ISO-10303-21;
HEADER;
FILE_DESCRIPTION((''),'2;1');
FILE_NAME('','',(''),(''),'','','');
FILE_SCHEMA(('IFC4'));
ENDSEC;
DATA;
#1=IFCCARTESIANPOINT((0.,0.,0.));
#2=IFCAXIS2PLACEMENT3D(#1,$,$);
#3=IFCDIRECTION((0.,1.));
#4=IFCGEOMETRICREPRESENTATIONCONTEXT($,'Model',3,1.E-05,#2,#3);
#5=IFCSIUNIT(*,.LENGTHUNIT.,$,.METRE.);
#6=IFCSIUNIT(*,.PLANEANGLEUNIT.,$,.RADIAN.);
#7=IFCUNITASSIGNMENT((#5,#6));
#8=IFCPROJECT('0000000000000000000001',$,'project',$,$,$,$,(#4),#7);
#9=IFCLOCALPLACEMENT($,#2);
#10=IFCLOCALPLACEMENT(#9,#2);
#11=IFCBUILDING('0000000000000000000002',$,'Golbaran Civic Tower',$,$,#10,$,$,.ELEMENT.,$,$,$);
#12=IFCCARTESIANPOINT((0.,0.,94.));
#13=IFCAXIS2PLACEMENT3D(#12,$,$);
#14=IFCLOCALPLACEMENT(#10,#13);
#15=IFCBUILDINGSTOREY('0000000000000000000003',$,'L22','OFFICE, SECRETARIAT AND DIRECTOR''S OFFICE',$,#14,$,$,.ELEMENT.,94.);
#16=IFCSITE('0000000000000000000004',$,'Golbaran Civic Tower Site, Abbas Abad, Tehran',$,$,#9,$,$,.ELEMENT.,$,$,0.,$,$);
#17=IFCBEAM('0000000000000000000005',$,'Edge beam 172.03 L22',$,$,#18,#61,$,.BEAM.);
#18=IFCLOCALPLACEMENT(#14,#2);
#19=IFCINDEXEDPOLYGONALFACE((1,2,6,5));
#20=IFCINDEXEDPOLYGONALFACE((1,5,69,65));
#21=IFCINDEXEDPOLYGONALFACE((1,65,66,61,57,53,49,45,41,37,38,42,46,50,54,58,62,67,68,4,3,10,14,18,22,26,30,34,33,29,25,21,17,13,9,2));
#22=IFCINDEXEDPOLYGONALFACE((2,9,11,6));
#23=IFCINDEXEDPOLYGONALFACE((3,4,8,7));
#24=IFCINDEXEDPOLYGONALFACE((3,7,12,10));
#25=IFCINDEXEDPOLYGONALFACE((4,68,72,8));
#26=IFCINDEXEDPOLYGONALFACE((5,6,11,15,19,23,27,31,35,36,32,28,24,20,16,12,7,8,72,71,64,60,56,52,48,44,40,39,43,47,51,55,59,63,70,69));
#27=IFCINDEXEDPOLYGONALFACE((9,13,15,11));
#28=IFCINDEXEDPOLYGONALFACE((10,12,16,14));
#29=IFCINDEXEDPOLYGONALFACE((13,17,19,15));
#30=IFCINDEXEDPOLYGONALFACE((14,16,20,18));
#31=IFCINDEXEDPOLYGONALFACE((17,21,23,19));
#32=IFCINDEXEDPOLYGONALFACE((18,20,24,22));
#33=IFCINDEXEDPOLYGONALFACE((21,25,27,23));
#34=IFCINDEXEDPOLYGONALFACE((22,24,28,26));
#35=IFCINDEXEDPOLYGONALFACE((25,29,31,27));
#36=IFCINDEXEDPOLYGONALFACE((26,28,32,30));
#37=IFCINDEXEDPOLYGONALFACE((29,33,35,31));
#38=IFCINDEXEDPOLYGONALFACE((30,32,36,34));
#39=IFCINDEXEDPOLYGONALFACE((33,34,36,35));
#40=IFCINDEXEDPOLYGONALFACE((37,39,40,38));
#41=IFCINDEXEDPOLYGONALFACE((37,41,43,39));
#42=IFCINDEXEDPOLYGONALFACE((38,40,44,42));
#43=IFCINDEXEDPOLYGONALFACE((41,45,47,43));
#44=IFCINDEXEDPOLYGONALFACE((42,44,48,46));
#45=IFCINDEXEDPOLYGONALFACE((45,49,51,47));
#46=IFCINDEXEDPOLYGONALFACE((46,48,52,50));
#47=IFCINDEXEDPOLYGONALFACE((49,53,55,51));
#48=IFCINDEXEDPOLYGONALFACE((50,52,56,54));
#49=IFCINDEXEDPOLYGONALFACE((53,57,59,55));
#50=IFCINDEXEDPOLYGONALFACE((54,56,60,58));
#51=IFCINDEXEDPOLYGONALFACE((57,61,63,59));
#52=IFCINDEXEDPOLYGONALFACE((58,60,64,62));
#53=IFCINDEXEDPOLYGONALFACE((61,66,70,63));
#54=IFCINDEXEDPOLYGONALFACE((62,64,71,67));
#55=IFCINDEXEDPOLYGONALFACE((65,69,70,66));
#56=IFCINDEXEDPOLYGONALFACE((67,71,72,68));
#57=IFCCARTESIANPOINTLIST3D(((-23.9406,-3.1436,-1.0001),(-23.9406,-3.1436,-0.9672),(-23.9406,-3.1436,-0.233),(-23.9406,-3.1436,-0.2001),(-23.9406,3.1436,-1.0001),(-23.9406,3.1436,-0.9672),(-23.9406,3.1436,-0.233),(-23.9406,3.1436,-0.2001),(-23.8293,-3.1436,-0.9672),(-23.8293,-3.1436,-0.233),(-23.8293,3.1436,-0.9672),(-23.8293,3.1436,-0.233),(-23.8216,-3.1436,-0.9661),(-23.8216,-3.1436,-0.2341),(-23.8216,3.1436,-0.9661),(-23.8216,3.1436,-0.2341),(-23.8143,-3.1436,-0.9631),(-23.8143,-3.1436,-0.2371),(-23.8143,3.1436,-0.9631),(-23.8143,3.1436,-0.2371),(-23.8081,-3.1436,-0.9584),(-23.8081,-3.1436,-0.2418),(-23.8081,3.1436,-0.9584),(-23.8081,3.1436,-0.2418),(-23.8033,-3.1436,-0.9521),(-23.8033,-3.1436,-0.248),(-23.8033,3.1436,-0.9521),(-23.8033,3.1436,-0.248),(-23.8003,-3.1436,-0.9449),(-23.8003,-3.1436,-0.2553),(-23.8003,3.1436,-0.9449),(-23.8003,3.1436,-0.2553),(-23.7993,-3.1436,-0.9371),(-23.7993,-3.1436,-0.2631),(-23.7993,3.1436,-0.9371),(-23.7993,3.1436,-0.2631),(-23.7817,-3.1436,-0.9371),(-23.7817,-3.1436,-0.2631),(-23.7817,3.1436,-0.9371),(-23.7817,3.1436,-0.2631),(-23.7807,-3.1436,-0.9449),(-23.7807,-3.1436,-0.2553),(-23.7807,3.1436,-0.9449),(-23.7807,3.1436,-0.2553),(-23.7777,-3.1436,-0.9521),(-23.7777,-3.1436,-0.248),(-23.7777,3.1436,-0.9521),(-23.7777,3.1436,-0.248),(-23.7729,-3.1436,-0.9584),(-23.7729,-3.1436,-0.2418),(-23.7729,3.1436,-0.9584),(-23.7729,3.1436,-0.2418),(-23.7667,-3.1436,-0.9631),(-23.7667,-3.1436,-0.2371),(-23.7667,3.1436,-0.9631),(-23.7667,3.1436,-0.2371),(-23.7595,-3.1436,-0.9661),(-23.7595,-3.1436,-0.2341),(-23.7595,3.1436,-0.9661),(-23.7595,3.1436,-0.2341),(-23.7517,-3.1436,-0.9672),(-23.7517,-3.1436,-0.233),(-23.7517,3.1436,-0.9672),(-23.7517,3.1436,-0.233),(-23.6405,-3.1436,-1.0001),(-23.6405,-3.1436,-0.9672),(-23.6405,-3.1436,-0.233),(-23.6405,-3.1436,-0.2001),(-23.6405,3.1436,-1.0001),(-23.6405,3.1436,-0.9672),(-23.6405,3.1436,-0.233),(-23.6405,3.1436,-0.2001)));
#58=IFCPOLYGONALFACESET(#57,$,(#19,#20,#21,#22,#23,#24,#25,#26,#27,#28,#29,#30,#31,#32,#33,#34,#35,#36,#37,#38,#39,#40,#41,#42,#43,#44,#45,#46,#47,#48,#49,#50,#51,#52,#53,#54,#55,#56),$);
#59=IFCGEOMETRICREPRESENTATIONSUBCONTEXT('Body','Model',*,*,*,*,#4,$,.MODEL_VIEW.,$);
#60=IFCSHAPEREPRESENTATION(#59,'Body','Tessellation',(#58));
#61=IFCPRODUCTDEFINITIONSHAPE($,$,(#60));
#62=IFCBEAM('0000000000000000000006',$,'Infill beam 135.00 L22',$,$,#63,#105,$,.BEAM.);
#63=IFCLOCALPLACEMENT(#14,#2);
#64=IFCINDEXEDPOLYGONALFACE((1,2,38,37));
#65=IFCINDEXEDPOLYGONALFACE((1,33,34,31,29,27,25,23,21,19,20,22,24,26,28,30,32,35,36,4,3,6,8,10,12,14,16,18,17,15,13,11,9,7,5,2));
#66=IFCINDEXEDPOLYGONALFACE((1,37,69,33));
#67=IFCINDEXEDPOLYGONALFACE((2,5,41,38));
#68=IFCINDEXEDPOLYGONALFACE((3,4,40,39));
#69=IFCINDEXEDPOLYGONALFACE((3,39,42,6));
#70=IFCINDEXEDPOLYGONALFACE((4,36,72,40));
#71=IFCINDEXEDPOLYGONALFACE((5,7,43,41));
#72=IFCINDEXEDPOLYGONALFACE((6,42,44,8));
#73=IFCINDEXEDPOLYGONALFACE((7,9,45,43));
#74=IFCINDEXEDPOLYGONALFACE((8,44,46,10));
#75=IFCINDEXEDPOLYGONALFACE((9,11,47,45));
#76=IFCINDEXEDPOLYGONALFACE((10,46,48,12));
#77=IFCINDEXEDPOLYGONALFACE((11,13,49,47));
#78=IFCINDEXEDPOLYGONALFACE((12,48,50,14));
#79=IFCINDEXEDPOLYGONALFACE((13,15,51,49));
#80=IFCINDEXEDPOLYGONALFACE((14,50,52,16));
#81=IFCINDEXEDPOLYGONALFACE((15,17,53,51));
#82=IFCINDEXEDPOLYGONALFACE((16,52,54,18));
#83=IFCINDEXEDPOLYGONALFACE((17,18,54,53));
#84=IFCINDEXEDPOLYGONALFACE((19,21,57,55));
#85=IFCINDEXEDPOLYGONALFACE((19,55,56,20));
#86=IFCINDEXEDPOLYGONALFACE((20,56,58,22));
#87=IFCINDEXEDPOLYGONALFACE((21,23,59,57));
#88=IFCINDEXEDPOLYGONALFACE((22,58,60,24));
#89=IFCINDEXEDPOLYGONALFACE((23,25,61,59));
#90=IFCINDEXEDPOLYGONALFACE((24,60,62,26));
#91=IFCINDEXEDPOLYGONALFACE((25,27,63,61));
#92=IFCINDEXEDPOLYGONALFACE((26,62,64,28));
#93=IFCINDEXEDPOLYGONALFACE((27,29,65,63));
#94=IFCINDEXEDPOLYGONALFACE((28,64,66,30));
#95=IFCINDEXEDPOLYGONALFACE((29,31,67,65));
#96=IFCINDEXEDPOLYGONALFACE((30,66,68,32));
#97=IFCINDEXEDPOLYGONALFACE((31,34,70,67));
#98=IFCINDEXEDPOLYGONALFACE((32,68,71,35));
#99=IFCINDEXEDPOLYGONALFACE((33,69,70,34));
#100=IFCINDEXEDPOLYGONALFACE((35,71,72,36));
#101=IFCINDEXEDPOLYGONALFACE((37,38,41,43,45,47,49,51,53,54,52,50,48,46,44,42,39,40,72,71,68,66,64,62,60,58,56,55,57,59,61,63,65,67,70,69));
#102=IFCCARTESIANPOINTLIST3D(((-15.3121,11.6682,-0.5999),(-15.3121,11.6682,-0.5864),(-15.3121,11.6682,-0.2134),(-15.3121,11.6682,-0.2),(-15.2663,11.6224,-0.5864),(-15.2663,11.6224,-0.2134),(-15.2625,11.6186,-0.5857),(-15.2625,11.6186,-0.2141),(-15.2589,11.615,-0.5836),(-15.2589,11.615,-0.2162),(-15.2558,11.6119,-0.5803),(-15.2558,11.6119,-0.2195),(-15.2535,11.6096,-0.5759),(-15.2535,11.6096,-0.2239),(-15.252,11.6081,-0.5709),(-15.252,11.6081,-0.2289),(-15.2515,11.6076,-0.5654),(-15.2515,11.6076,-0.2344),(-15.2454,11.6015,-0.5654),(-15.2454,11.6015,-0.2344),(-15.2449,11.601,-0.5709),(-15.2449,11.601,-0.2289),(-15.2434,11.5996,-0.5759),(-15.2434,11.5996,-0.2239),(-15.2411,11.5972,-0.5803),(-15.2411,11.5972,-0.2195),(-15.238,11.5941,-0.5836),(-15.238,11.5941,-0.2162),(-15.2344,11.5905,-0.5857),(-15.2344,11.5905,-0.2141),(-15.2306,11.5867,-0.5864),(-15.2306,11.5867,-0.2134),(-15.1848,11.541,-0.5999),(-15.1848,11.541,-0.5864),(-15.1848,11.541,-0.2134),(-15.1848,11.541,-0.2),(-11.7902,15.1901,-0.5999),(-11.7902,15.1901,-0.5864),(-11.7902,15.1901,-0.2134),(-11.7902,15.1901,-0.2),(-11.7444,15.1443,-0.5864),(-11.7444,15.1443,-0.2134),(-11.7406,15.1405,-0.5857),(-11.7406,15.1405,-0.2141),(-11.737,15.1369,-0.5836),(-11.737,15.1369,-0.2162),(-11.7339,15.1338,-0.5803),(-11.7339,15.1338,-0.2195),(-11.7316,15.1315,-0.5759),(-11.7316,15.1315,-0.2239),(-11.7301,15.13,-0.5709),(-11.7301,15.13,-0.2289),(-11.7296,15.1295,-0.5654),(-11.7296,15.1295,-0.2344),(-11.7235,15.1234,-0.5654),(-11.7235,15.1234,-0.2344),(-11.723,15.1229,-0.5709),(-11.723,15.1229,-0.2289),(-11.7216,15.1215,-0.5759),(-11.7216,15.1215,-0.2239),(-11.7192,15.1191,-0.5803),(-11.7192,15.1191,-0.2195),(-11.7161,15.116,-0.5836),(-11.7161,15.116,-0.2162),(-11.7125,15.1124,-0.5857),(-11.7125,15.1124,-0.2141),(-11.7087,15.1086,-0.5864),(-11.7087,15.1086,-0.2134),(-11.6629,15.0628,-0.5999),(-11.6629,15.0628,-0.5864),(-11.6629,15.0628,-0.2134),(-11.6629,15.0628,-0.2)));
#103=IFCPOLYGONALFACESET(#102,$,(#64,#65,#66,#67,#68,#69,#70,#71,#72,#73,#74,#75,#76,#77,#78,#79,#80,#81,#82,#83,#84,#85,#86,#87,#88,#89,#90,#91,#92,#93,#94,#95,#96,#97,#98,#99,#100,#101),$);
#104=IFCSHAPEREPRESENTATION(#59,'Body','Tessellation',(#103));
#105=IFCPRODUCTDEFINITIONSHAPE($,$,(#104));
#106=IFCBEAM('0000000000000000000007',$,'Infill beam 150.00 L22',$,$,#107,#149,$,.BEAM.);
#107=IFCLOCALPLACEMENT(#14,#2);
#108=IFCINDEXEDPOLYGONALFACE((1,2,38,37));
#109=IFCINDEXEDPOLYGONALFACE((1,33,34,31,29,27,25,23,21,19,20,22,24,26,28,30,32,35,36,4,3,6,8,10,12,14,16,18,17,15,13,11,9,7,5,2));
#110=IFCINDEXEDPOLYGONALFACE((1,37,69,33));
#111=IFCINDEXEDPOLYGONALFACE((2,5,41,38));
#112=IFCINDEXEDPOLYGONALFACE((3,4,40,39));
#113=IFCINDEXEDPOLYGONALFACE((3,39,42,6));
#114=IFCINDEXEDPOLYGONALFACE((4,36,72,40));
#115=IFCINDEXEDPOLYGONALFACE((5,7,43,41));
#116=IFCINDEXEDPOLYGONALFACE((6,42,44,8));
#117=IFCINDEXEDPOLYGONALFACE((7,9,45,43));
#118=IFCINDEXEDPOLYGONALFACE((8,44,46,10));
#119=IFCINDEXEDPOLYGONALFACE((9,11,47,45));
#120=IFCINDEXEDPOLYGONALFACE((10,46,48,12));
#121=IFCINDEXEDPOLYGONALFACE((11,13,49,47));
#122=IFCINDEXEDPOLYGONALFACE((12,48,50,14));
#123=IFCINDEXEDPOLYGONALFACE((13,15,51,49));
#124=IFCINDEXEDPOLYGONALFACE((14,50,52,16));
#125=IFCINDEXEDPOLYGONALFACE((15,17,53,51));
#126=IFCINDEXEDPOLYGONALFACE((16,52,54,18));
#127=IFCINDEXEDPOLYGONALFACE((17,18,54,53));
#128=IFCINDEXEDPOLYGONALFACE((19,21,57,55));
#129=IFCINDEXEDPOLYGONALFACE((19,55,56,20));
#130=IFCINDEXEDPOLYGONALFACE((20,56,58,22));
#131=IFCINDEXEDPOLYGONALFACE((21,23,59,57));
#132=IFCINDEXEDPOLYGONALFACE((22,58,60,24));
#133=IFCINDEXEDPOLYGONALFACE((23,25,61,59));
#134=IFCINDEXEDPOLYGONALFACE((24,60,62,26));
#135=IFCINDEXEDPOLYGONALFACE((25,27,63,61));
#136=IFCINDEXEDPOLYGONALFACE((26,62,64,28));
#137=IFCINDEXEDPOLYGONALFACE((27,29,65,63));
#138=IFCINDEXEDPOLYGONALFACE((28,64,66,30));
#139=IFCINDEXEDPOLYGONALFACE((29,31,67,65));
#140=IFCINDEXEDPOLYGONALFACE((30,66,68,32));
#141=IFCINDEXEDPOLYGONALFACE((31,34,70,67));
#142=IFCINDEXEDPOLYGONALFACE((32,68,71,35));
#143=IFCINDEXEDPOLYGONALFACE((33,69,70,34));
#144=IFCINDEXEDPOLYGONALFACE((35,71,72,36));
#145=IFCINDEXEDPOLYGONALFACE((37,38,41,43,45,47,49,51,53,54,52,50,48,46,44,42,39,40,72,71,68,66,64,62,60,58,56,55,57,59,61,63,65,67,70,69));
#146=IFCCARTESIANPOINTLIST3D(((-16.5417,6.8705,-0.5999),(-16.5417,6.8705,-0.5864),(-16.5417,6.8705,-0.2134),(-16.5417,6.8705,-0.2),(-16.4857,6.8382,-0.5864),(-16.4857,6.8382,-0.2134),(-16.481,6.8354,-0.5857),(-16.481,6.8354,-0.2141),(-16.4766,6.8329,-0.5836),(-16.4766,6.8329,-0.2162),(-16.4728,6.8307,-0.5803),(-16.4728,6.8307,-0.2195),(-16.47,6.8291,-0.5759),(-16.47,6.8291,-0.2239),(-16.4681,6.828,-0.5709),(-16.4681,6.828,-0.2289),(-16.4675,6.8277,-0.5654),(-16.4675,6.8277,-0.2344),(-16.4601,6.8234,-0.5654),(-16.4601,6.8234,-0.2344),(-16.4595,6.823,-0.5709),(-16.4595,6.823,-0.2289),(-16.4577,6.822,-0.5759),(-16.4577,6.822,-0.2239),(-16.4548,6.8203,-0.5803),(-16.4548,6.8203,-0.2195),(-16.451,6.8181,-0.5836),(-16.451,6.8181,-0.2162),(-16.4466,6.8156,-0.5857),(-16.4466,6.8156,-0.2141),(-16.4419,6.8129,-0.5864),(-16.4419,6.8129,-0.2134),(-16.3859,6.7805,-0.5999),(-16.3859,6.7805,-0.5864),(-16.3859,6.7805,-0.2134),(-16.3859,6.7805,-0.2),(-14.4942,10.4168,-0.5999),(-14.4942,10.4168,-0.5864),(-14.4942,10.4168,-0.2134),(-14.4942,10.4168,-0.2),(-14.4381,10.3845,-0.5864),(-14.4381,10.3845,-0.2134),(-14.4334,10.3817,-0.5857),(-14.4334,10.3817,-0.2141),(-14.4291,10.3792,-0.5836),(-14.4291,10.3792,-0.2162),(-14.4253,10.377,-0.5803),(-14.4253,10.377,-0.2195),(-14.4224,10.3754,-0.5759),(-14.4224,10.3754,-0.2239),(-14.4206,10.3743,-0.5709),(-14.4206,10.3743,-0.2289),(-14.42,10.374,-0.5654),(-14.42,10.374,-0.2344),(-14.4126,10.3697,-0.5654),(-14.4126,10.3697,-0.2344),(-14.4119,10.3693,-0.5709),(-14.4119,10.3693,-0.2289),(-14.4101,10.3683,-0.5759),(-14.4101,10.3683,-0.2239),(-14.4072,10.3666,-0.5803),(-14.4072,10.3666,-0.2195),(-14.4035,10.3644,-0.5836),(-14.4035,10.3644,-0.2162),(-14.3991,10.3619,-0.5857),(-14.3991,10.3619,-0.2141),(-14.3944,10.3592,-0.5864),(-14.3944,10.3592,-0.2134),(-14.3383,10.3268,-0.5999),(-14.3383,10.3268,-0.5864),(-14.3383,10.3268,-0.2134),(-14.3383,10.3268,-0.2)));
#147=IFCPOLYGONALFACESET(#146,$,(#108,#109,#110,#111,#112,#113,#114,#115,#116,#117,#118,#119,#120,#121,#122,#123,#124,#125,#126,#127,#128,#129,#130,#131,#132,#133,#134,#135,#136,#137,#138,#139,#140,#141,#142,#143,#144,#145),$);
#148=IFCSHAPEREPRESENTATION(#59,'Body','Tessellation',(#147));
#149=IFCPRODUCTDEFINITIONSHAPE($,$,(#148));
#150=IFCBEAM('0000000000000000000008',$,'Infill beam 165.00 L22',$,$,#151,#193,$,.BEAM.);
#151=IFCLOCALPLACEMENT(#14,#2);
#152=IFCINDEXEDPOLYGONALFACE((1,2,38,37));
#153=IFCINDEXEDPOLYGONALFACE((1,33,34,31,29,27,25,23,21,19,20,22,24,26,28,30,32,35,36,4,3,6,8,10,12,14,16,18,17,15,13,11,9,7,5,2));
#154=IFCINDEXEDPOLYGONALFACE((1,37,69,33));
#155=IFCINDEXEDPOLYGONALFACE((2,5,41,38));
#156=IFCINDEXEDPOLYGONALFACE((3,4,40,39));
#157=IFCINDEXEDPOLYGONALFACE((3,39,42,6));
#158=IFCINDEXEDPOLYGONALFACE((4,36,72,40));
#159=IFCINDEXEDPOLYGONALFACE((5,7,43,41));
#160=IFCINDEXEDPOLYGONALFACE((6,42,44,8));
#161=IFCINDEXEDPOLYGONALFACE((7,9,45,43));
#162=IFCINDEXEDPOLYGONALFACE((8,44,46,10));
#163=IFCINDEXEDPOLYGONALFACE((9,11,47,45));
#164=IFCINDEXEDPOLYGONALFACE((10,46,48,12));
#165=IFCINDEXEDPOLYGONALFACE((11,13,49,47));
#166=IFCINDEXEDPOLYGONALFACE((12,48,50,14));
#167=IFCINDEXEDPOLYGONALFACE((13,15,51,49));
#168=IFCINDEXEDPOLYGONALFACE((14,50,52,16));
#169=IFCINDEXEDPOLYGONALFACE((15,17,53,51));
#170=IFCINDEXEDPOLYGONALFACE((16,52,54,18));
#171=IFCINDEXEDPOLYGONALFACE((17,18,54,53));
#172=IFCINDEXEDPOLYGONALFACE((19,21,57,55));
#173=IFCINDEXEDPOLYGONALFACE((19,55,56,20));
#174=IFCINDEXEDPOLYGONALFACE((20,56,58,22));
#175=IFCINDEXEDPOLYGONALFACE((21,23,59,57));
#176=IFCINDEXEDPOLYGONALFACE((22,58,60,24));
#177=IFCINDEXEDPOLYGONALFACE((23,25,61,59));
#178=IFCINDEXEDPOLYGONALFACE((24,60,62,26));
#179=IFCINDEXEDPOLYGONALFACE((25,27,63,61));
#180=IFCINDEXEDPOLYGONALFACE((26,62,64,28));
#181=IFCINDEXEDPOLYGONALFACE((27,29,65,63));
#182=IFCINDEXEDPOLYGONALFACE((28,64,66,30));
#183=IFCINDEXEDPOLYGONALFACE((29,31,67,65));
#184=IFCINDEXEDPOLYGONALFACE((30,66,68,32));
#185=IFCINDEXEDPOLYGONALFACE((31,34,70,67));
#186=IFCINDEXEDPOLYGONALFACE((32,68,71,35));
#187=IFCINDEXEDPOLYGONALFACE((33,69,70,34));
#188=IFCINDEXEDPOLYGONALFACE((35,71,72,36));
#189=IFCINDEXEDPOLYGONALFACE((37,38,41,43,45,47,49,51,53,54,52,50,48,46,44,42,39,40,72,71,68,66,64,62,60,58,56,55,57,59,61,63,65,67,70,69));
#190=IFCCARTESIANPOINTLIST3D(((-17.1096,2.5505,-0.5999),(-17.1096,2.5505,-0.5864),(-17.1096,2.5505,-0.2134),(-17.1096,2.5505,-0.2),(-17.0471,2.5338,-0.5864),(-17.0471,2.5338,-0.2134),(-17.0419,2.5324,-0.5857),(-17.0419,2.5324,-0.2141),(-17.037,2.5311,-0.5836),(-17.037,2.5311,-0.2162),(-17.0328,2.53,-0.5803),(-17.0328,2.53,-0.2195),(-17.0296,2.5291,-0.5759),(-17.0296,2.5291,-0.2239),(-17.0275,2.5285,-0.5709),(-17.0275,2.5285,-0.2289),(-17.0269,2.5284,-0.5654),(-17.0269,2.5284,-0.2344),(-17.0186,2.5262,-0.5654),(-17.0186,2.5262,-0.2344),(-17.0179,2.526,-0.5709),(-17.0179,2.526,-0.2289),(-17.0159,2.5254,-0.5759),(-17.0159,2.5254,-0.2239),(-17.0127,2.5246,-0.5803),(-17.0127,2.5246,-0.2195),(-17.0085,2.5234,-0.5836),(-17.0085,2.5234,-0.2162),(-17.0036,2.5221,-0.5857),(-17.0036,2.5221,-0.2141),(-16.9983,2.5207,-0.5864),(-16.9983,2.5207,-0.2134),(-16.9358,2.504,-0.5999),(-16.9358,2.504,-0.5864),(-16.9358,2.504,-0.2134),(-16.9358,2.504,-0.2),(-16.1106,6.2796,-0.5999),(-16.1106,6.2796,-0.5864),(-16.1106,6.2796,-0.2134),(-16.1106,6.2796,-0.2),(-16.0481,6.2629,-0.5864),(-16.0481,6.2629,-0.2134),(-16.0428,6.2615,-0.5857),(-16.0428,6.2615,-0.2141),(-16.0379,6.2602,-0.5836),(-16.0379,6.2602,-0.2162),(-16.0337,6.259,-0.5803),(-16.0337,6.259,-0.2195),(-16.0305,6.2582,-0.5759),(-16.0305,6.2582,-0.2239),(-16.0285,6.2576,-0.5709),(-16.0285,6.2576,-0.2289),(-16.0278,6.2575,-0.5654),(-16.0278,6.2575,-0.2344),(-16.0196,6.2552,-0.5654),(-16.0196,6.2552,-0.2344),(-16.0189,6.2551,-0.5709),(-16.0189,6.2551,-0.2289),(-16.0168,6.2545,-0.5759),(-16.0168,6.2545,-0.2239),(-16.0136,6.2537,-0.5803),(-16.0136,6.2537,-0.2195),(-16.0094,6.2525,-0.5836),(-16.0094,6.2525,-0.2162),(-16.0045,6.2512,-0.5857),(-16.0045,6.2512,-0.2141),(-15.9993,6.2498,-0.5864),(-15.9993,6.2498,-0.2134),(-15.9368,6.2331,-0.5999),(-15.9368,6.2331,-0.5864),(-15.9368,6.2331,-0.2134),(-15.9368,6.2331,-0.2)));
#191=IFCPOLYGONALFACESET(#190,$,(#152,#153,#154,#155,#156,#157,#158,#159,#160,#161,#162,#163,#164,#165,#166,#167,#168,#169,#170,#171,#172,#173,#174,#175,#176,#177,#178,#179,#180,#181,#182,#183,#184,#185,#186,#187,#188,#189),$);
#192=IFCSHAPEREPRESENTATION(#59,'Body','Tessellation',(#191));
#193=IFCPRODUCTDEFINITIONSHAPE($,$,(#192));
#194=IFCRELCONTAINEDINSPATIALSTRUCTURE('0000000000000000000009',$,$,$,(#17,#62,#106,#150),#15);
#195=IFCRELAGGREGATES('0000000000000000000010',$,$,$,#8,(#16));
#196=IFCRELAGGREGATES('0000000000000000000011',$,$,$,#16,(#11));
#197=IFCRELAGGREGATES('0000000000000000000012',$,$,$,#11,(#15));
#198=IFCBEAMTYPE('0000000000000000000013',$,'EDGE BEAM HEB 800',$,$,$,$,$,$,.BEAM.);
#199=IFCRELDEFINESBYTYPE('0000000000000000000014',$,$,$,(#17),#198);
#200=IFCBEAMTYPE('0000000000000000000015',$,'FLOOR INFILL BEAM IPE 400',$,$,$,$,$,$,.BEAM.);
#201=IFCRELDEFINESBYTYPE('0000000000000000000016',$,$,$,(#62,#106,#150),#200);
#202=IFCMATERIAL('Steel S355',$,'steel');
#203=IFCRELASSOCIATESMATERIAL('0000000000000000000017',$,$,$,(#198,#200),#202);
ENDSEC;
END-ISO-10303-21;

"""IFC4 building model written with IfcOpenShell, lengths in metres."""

from ifc_helpers import new_model, si_unit, direction, frame, origin, origin_2d, place, context, subcontext, project, spatial, i_section, extrude, material, material_profile, profile_set, type_object, element, save


model = new_model("IFC4")

# Units and contexts
model_context = context("Model", 3, precision=1e-05, world=origin(), true_north=direction((0.0, 1.0)))
body_context = subcontext(model_context, "Body", "Model", "MODEL_VIEW")
ifc_project = project(units=[si_unit("LENGTHUNIT", "METRE"), si_unit("PLANEANGLEUNIT", "RADIAN")], contexts=[model_context])

# Site, building, storey
site_placement = place(None, origin())
site = spatial("IfcSite", under=ifc_project, at=site_placement, Name="Golbaran Civic Tower Site, Abbas Abad, Tehran", CompositionType="ELEMENT", RefElevation=0.0)
building_placement = place(site_placement, origin())
building = spatial("IfcBuilding", under=site, at=building_placement, Name="Golbaran Civic Tower", CompositionType="ELEMENT")
storey_placement = place(building_placement, frame((0.0, 0.0, 94.0)))
storey = spatial("IfcBuildingStorey", under=building, at=storey_placement, Name="L22", Description="OFFICE, SECRETARIAT AND DIRECTOR'S OFFICE", CompositionType="ELEMENT", Elevation=94.0)

# Beams
ifc_material_1 = material(Name="Steel S355", Category="steel")
ifc_material_profile_1 = material_profile(ifc_material_1, i_section(OverallWidth=0.3, OverallDepth=0.8, WebThickness=0.0176, FlangeThickness=0.033, FilletRadius=0.03, at=origin_2d()), Name="HEB 800")
ifc_profile_set_1 = profile_set([ifc_material_profile_1], Name="Steel S355")
beam_type_1 = type_object("IfcBeamType", Name="EDGE BEAM HEB 800", PredefinedType="BEAM", material=ifc_profile_set_1)
beam_1_placement = place(storey_placement, frame((-23.7905, 3.1436, -0.6001), z_axis=(0.0, -1.0, 0.0), x_axis=(1.0, 0.0, 0.0)))
element("IfcBeam", 1, at=beam_1_placement, inside=storey, type_object=beam_type_1, Name="Edge beam 172.03 L22", PredefinedType="BEAM", context=body_context, shape_type="SweptSolid", body=[
    extrude(i_section(OverallWidth=0.3, OverallDepth=0.8, WebThickness=0.0176, FlangeThickness=0.033, FilletRadius=0.03, at=origin_2d()), origin(), (0.0, 0.0, 1.0), 6.2871),
])
ifc_material_profile_2 = material_profile(ifc_material_1, i_section(OverallWidth=0.1799, OverallDepth=0.3999, WebThickness=0.0085, FlangeThickness=0.0134, FilletRadius=0.021, at=origin_2d()), Name="IPE 400")
ifc_profile_set_2 = profile_set([ifc_material_profile_2], Name="Steel S355")
beam_type_2 = type_object("IfcBeamType", Name="FLOOR INFILL BEAM IPE 400", PredefinedType="BEAM", material=ifc_profile_set_2)
beam_2_placement = place(storey_placement, frame((-11.7266, 15.1265, -0.3999), z_axis=(-0.707107, -0.707107, 0.0), x_axis=(0.707107, -0.707107, 0.0)))
element("IfcBeam", 2, at=beam_2_placement, inside=storey, type_object=beam_type_2, Name="Infill beam 135.00 L22", PredefinedType="BEAM", context=body_context, shape_type="SweptSolid", body=[
    extrude(i_section(OverallWidth=0.1799, OverallDepth=0.3999, WebThickness=0.0085, FlangeThickness=0.0134, FilletRadius=0.021, at=origin_2d()), origin(), (0.0, 0.0, 1.0), 4.9807),
])
beam_3_placement = place(storey_placement, frame((-14.4163, 10.3718, -0.3999), z_axis=(-0.500018, -0.866015, 0.0), x_axis=(0.866015, -0.500018, 0.0)))
element("IfcBeam", 3, at=beam_3_placement, inside=storey, type_object=beam_type_2, Name="Infill beam 150.00 L22", PredefinedType="BEAM", context=body_context, shape_type="SweptSolid", body=[
    extrude(i_section(OverallWidth=0.1799, OverallDepth=0.3999, WebThickness=0.0085, FlangeThickness=0.0134, FilletRadius=0.021, at=origin_2d()), origin(), (0.0, 0.0, 1.0), 4.095),
])
beam_4_placement = place(storey_placement, frame((-16.0237, 6.2563, -0.3999), z_axis=(-0.25878, -0.965936, 0.0), x_axis=(0.965936, -0.25878, 0.0)))
element("IfcBeam", 4, at=beam_4_placement, inside=storey, type_object=beam_type_2, Name="Infill beam 165.00 L22", PredefinedType="BEAM", context=body_context, shape_type="SweptSolid", body=[
    extrude(i_section(OverallWidth=0.1799, OverallDepth=0.3999, WebThickness=0.0085, FlangeThickness=0.0134, FilletRadius=0.021, at=origin_2d()), origin(), (0.0, 0.0, 1.0), 3.8606),
])

save(model, "model.ifc")
